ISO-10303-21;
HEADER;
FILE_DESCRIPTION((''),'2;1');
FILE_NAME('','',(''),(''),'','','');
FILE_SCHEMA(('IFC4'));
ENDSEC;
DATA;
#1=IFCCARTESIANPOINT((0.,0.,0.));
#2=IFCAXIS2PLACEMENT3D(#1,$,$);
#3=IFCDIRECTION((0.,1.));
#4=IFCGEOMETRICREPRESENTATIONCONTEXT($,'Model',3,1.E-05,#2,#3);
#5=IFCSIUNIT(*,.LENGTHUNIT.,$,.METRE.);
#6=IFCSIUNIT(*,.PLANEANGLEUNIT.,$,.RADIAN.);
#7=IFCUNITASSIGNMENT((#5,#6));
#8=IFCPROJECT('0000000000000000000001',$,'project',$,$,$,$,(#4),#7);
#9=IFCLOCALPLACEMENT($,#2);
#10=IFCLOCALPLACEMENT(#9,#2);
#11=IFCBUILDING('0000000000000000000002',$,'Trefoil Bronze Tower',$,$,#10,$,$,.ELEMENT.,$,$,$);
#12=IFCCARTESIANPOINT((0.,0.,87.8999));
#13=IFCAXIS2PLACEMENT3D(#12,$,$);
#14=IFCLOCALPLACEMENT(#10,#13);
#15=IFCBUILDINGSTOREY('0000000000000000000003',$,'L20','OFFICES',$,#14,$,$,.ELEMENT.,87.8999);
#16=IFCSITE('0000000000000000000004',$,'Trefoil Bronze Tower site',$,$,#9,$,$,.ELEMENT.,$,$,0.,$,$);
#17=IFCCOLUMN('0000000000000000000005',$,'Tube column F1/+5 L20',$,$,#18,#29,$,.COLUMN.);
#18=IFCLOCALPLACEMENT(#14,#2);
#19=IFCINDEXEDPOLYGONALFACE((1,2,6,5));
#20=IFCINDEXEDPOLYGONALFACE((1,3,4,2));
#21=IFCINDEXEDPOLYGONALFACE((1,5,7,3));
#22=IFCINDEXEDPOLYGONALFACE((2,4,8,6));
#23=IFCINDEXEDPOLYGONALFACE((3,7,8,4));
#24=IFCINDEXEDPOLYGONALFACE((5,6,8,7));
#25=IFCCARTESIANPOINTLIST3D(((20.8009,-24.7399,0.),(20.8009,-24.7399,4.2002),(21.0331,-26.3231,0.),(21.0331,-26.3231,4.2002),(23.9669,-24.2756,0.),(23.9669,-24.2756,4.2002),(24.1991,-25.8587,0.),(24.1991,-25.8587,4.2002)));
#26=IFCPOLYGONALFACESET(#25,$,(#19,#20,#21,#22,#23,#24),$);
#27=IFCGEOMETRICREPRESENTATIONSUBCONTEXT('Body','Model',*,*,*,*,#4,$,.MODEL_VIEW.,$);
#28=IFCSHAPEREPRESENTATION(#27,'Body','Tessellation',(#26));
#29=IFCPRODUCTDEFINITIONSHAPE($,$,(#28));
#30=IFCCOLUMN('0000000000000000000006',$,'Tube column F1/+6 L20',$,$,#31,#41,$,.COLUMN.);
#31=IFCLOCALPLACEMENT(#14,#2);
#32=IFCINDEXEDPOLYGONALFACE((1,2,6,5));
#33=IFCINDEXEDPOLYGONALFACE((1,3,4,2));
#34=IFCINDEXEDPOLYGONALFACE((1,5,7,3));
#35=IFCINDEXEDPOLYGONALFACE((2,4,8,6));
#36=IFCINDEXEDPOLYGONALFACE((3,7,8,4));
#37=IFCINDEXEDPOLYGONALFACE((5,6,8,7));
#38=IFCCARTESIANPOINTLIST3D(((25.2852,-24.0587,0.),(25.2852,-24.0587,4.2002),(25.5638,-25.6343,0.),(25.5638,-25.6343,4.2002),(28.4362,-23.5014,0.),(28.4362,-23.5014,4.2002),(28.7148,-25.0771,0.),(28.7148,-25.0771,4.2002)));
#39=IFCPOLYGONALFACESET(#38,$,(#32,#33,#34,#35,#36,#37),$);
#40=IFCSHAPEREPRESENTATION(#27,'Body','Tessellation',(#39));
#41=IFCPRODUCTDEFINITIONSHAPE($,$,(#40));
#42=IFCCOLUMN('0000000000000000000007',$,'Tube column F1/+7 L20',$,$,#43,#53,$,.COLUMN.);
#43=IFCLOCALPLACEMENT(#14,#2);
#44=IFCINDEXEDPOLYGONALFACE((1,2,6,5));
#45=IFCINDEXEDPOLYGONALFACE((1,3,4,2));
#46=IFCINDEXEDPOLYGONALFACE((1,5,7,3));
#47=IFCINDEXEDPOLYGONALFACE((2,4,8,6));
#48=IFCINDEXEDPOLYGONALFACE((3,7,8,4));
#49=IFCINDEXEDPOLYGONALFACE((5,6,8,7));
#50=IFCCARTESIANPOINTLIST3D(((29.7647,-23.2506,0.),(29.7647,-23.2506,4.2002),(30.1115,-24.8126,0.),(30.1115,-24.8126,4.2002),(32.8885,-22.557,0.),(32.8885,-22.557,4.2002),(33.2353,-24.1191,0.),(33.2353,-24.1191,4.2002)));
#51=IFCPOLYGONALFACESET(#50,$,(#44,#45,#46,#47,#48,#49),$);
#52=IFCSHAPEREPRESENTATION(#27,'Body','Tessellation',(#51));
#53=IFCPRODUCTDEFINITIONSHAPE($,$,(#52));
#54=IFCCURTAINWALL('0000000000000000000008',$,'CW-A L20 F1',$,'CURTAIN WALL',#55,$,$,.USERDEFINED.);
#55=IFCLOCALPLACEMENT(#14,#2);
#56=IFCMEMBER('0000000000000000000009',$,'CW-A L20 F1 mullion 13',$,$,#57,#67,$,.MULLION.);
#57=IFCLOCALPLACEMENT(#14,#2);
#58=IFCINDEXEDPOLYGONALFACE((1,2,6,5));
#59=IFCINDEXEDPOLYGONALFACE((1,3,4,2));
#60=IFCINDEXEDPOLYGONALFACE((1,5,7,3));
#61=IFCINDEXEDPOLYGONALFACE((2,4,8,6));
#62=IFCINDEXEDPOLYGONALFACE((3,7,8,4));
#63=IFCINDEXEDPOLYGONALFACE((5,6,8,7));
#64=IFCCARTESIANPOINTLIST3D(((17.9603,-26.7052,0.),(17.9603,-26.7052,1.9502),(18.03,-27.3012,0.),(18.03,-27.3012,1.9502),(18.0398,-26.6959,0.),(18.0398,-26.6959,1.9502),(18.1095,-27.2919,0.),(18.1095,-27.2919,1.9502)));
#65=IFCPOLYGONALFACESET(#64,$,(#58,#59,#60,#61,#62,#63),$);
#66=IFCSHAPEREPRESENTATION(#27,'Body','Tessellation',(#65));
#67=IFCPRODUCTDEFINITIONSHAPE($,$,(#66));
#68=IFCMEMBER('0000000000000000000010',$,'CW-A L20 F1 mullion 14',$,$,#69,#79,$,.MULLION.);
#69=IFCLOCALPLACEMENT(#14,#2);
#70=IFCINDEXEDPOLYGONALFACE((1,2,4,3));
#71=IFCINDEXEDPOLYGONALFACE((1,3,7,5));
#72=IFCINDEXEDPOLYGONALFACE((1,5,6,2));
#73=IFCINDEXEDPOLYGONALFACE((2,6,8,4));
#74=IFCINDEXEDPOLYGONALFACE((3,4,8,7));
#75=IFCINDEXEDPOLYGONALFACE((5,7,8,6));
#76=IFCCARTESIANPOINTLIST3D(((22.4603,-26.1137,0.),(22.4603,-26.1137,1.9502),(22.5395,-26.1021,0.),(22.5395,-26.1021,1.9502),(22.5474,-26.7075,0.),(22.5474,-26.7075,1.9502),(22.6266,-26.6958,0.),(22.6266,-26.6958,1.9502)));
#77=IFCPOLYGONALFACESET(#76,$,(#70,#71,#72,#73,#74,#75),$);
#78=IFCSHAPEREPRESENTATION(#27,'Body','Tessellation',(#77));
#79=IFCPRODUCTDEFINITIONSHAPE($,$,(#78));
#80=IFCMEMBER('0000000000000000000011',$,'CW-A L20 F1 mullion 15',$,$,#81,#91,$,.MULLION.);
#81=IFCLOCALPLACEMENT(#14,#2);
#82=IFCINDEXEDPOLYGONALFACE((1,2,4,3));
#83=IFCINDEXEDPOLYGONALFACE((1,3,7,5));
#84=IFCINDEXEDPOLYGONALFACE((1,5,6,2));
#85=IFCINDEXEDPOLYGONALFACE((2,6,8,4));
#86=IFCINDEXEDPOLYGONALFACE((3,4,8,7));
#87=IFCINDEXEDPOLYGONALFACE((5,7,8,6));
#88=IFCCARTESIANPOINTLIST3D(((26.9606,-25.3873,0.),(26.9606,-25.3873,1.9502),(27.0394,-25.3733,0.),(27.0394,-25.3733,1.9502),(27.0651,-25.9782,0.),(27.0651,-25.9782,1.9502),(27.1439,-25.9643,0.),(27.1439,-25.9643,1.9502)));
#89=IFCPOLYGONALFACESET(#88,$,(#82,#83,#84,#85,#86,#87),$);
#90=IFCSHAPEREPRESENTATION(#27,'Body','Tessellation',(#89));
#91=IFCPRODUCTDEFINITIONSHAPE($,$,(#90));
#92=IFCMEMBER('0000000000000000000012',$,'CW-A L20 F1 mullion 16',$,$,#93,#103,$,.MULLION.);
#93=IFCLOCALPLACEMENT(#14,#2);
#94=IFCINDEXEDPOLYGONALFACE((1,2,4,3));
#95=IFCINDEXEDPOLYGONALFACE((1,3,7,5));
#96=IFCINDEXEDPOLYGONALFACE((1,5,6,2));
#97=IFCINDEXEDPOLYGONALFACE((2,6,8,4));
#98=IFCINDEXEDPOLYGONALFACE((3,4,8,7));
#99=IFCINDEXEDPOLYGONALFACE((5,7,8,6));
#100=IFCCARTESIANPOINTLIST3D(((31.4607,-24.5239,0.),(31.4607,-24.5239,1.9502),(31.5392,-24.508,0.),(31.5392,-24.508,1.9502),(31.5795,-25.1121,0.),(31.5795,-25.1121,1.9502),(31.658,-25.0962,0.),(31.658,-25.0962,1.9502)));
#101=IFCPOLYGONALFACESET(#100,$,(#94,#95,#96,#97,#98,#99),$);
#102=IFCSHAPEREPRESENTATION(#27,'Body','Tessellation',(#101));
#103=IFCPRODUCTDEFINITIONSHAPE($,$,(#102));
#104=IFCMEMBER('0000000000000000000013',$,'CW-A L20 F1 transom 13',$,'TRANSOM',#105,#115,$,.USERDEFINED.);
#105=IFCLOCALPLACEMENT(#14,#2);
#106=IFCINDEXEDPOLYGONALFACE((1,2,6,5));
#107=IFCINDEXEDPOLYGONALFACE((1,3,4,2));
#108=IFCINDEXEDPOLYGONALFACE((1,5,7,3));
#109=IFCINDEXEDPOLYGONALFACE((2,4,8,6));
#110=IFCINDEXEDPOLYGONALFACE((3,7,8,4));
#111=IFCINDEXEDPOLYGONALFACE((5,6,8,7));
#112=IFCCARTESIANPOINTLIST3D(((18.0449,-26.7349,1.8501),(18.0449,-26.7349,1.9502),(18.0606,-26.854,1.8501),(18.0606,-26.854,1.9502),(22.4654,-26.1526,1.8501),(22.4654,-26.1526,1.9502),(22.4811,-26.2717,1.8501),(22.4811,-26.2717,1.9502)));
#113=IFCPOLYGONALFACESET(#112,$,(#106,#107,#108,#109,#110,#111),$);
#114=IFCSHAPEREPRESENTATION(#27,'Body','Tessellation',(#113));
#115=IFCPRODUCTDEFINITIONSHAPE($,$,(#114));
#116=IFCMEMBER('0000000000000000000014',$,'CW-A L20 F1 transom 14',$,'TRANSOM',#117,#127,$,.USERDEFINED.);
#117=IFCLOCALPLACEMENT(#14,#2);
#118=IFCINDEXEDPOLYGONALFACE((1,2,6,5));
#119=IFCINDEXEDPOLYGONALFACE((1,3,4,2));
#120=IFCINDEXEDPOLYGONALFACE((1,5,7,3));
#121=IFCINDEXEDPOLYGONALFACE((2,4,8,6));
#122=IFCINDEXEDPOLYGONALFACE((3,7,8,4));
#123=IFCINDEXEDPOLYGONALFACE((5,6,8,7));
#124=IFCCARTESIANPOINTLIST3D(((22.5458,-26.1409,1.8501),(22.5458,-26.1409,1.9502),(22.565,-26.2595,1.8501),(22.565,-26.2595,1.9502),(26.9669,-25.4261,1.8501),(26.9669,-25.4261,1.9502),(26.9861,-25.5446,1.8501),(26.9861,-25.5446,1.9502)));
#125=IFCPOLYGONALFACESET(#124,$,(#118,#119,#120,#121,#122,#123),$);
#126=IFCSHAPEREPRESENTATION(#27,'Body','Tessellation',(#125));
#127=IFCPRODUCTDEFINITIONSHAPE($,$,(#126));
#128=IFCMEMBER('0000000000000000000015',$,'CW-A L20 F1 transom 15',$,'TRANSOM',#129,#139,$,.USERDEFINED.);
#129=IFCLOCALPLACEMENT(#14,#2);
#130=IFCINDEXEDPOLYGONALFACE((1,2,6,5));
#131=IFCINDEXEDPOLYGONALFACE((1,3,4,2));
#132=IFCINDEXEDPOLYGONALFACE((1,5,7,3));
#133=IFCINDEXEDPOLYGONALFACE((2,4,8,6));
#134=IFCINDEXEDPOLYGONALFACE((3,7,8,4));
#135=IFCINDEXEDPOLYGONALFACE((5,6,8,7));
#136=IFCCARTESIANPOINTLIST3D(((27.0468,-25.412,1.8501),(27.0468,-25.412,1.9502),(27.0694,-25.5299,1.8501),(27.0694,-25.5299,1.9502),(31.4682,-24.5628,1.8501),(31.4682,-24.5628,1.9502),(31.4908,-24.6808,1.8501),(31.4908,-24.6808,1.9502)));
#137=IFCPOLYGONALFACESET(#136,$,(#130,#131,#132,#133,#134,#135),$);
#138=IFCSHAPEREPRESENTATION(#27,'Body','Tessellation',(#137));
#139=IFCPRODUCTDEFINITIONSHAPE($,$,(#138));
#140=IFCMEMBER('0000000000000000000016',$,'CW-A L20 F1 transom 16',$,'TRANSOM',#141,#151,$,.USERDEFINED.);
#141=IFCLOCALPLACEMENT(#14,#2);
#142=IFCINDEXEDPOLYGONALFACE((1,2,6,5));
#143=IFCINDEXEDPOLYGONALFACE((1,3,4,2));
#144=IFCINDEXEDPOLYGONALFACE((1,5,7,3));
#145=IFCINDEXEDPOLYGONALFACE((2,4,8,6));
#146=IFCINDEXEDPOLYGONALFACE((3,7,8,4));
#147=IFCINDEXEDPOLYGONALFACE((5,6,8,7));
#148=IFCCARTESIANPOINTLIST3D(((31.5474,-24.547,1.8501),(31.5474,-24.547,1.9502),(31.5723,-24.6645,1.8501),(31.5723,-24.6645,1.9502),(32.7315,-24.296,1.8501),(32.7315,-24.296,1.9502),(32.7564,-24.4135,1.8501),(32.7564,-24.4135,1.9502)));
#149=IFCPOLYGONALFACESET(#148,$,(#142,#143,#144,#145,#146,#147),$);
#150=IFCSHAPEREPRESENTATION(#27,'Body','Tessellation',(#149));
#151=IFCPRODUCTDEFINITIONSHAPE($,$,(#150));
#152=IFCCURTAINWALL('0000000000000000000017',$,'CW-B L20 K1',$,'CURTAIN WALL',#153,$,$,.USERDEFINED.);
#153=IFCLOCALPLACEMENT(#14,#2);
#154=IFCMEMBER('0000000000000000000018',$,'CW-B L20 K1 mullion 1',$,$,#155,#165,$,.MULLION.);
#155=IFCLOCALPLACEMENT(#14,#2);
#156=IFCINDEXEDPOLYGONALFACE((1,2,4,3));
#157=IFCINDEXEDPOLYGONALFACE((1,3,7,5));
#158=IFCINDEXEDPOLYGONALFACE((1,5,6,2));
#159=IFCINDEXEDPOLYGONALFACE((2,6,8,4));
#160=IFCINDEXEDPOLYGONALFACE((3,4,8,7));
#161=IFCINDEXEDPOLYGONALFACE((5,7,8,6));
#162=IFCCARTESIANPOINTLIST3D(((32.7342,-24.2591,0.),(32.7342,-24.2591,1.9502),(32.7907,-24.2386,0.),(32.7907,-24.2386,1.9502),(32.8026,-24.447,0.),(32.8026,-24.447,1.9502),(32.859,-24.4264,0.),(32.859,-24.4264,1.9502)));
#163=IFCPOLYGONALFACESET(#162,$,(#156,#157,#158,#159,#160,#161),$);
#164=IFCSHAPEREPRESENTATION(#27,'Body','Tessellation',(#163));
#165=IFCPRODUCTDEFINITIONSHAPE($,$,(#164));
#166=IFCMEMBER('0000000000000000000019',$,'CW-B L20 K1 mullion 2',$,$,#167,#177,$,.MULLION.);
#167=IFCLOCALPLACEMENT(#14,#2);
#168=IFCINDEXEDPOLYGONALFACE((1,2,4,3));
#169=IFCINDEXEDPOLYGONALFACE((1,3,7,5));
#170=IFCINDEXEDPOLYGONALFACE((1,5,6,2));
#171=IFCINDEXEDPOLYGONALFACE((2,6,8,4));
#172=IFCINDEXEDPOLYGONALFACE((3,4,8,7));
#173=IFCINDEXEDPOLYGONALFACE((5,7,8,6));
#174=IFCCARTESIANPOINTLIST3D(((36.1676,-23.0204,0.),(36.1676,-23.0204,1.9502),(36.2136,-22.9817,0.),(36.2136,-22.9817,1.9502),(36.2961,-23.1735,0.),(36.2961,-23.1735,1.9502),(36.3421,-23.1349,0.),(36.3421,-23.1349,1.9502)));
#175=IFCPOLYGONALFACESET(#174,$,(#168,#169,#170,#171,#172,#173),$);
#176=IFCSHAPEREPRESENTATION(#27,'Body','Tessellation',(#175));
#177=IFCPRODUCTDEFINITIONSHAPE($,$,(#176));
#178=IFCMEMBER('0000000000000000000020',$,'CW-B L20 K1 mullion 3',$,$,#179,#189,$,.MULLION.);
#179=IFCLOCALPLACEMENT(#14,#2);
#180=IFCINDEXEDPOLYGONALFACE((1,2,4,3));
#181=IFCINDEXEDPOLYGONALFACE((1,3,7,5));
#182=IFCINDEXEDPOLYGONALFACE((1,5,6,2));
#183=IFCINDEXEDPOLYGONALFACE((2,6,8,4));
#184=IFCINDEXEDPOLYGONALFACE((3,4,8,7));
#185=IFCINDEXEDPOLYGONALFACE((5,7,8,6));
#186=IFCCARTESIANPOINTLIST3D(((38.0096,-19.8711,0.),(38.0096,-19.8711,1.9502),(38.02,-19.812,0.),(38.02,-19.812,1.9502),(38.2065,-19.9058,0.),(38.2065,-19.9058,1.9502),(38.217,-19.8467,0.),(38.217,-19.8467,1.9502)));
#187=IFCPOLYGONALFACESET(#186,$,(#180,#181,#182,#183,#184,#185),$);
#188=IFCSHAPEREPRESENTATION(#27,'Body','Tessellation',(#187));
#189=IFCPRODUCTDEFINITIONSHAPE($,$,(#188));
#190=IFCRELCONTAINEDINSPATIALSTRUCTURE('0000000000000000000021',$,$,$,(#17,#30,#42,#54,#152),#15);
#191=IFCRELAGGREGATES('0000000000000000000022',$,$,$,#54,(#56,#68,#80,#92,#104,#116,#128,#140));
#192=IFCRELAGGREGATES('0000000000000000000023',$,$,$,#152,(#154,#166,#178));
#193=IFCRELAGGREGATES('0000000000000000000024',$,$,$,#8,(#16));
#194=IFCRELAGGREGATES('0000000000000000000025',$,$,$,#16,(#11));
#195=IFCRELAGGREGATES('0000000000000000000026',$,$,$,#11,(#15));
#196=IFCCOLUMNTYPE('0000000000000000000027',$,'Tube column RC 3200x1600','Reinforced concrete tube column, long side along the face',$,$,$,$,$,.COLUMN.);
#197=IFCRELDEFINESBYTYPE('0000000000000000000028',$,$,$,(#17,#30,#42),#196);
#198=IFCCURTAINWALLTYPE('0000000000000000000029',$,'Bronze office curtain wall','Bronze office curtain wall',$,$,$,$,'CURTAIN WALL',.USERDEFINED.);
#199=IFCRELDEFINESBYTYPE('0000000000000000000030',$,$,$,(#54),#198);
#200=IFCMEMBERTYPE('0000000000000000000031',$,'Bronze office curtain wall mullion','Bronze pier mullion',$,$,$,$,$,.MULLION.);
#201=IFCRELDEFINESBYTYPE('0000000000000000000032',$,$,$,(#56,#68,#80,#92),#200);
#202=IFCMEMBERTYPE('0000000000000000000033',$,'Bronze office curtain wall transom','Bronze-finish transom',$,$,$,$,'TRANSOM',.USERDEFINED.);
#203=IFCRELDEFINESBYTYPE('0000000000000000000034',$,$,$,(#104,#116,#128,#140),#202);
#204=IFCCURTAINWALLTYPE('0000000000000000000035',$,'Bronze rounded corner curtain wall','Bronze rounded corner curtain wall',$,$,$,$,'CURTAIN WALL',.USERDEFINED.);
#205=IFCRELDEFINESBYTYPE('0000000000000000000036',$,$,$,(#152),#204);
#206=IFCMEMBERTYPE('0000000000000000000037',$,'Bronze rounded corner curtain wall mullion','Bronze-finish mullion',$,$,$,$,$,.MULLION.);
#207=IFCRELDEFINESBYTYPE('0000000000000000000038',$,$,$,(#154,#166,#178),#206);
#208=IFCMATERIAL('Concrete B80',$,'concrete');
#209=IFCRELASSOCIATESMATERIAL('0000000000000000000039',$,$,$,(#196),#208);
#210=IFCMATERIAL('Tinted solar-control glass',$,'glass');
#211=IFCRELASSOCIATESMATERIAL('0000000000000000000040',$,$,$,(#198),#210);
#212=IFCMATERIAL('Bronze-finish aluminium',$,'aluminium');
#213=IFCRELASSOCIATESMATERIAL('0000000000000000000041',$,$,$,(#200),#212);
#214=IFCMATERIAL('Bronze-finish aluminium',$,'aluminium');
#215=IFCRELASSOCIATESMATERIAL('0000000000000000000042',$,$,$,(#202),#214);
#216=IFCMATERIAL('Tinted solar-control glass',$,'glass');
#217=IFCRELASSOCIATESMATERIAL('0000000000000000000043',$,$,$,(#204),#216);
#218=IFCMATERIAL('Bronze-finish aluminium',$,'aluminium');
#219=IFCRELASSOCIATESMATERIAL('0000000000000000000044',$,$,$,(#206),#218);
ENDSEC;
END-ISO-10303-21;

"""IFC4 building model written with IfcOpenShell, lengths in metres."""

from ifc_helpers import new_model, si_unit, direction, frame, origin, origin_2d, place, context, subcontext, project, spatial, rectangle, extrude, material, material_profile, profile_set, type_object, element, aggregate, save


model = new_model("IFC4")

# Units and contexts
model_context = context("Model", 3, precision=1e-05, world=origin(), true_north=direction((0.0, 1.0)))
body_context = subcontext(model_context, "Body", "Model", "MODEL_VIEW")
ifc_project = project(units=[si_unit("LENGTHUNIT", "METRE"), si_unit("PLANEANGLEUNIT", "RADIAN")], contexts=[model_context])

# Site, building, storey
site_placement = place(None, origin())
site = spatial("IfcSite", under=ifc_project, at=site_placement, Name="Trefoil Bronze Tower site", CompositionType="ELEMENT", RefElevation=0.0)
building_placement = place(site_placement, origin())
building = spatial("IfcBuilding", under=site, at=building_placement, Name="Trefoil Bronze Tower", CompositionType="ELEMENT")
storey_placement = place(building_placement, frame((0.0, 0.0, 87.8999)))
storey = spatial("IfcBuildingStorey", under=building, at=storey_placement, Name="L20", Description="OFFICES", CompositionType="ELEMENT", Elevation=87.8999)

# Columns
ifc_material_1 = material(Name="Concrete B80", Category="concrete")
ifc_material_profile_1 = material_profile(ifc_material_1, rectangle(XDim=3.2, YDim=1.6001, at=origin_2d()), Name="RC 3200x1600")
ifc_profile_set_1 = profile_set([ifc_material_profile_1], Name="Concrete B80")
column_type = type_object("IfcColumnType", Name="Tube column RC 3200x1600", Description="Reinforced concrete tube column, long side along the face", PredefinedType="COLUMN", material=ifc_profile_set_1)
for number, where, z_axis, x_axis, name in (
    (1, (22.5, -25.2993, 0.0), (0.0, 0.0, 1.0), (0.989416, 0.145109, 0.0), "Tube column F1/+5 L20"),
    (2, (27.0, -24.5679, 0.0), (0.0, 0.0, 1.0), (0.984722, 0.174131, 0.0), "Tube column F1/+6 L20"),
    (3, (31.5, -23.6848, 0.0), (0.0, 0.0, 1.0), (0.97623, 0.216739, 0.0), "Tube column F1/+7 L20"),
):
    element("IfcColumn", number, at=place(storey_placement, frame(where, z_axis=z_axis, x_axis=x_axis)), inside=storey, type_object=column_type, Name=name, PredefinedType="COLUMN", context=body_context, shape_type="SweptSolid", body=[
        extrude(rectangle(XDim=3.2, YDim=1.6001, at=origin_2d()), origin(), (0.0, 0.0, 1.0), 4.2002),
    ])

# Curtain walls, members
ifc_material_2 = material(Name="Tinted solar-control glass", Category="glass")
curtain_wall_type_1 = type_object("IfcCurtainWallType", Name="Bronze office curtain wall", Description="Bronze office curtain wall", ElementType="CURTAIN WALL", PredefinedType="USERDEFINED", material=ifc_material_2)
curtain_wall_1_placement = place(storey_placement, origin())
curtain_wall_1 = element("IfcCurtainWall", 4, at=curtain_wall_1_placement, inside=storey, type_object=curtain_wall_type_1, Name="CW-A L20 F1", ObjectType="CURTAIN WALL", PredefinedType="USERDEFINED")
ifc_material_3 = material(Name="Bronze-finish aluminium", Category="aluminium")
ifc_material_profile_2 = material_profile(ifc_material_3, rectangle(XDim=0.6001, YDim=0.0801, at=origin_2d()), Name="CW-A mullion")
ifc_profile_set_2 = profile_set([ifc_material_profile_2], Name="Bronze-finish aluminium")
member_type_1 = type_object("IfcMemberType", Name="Bronze office curtain wall mullion", Description="Bronze pier mullion", PredefinedType="MULLION", material=ifc_profile_set_2)
member_1_placement = place(storey_placement, frame((18.0349, -26.9985, 0.0), z_axis=(0.0, 0.0, 1.0), x_axis=(-0.116087, 0.993239, 0.0)))
member_1 = element("IfcMember", 5, at=member_1_placement, type_object=member_type_1, Name="CW-A L20 F1 mullion 13", PredefinedType="MULLION", context=body_context, shape_type="SweptSolid", body=[
    extrude(rectangle(XDim=0.6001, YDim=0.0801, at=origin_2d()), origin(), (0.0, 0.0, 1.0), 1.9502),
])
member_2_placement = place(storey_placement, frame((22.5435, -26.4048, 0.0), z_axis=(0.0, 0.0, 1.0), x_axis=(-0.145109, 0.989416, 0.0)))
member_2 = element("IfcMember", 6, at=member_2_placement, type_object=member_type_1, Name="CW-A L20 F1 mullion 14", PredefinedType="MULLION", context=body_context, shape_type="SweptSolid", body=[
    extrude(rectangle(XDim=0.6001, YDim=0.0801, at=origin_2d()), origin(), (0.0, 0.0, 1.0), 1.9502),
])
member_3_placement = place(storey_placement, frame((27.0522, -25.6758, 0.0), z_axis=(0.0, 0.0, 1.0), x_axis=(-0.174131, 0.984722, 0.0)))
member_3 = element("IfcMember", 7, at=member_3_placement, type_object=member_type_1, Name="CW-A L20 F1 mullion 15", PredefinedType="MULLION", context=body_context, shape_type="SweptSolid", body=[
    extrude(rectangle(XDim=0.6001, YDim=0.0801, at=origin_2d()), origin(), (0.0, 0.0, 1.0), 1.9502),
])
member_4_placement = place(storey_placement, frame((31.5593, -24.8101, 0.0), z_axis=(0.0, 0.0, 1.0), x_axis=(-0.19791, 0.98022, 0.0)))
member_4 = element("IfcMember", 8, at=member_4_placement, type_object=member_type_1, Name="CW-A L20 F1 mullion 16", PredefinedType="MULLION", context=body_context, shape_type="SweptSolid", body=[
    extrude(rectangle(XDim=0.6001, YDim=0.0801, at=origin_2d()), origin(), (0.0, 0.0, 1.0), 1.9502),
])
ifc_material_4 = material(Name="Bronze-finish aluminium", Category="aluminium")
ifc_material_profile_3 = material_profile(ifc_material_4, rectangle(XDim=0.1201, YDim=0.1001, at=origin_2d()), Name="CW-A transom")
ifc_profile_set_3 = profile_set([ifc_material_profile_3], Name="Bronze-finish aluminium")
member_type_2 = type_object("IfcMemberType", Name="Bronze office curtain wall transom", Description="Bronze-finish transom", ElementType="TRANSOM", PredefinedType="USERDEFINED", material=ifc_profile_set_3)
member_5_placement = place(storey_placement, frame((18.0527, -26.7944, 1.9001), z_axis=(0.991437, 0.130589, 0.0), x_axis=(-0.130589, 0.991437, 0.0)))
member_5 = element("IfcMember", 9, at=member_5_placement, type_object=member_type_2, Name="CW-A L20 F1 transom 13", ObjectType="TRANSOM", PredefinedType="USERDEFINED", context=body_context, shape_type="SweptSolid", body=[
    extrude(rectangle(XDim=0.1201, YDim=0.1001, at=origin_2d()), origin(), (0.0, 0.0, 1.0), 4.4587),
])
member_6_placement = place(storey_placement, frame((22.5554, -26.2002, 1.9001), z_axis=(0.987179, 0.159615, 0.0), x_axis=(-0.159615, 0.987179, 0.0)))
member_6 = element("IfcMember", 10, at=member_6_placement, type_object=member_type_2, Name="CW-A L20 F1 transom 14", ObjectType="TRANSOM", PredefinedType="USERDEFINED", context=body_context, shape_type="SweptSolid", body=[
    extrude(rectangle(XDim=0.1201, YDim=0.1001, at=origin_2d()), origin(), (0.0, 0.0, 1.0), 4.4785),
])
member_7_placement = place(storey_placement, frame((27.0581, -25.4709, 1.9001), z_axis=(0.982054, 0.188602, 0.0), x_axis=(-0.188602, 0.982054, 0.0)))
member_7 = element("IfcMember", 11, at=member_7_placement, type_object=member_type_2, Name="CW-A L20 F1 transom 15", ObjectType="TRANSOM", PredefinedType="USERDEFINED", context=body_context, shape_type="SweptSolid", body=[
    extrude(rectangle(XDim=0.1201, YDim=0.1001, at=origin_2d()), origin(), (0.0, 0.0, 1.0), 4.5022),
])
member_8_placement = place(storey_placement, frame((31.5598, -24.6057, 1.9001), z_axis=(0.978266, 0.207352, 0.0), x_axis=(-0.207352, 0.978266, 0.0)))
member_8 = element("IfcMember", 12, at=member_8_placement, type_object=member_type_2, Name="CW-A L20 F1 transom 16", ObjectType="TRANSOM", PredefinedType="USERDEFINED", context=body_context, shape_type="SweptSolid", body=[
    extrude(rectangle(XDim=0.1201, YDim=0.1001, at=origin_2d()), origin(), (0.0, 0.0, 1.0), 1.2104),
])
ifc_material_5 = material(Name="Tinted solar-control glass", Category="glass")
curtain_wall_type_2 = type_object("IfcCurtainWallType", Name="Bronze rounded corner curtain wall", Description="Bronze rounded corner curtain wall", ElementType="CURTAIN WALL", PredefinedType="USERDEFINED", material=ifc_material_5)
curtain_wall_2_placement = place(storey_placement, origin())
curtain_wall_2 = element("IfcCurtainWall", 13, at=curtain_wall_2_placement, inside=storey, type_object=curtain_wall_type_2, Name="CW-B L20 K1", ObjectType="CURTAIN WALL", PredefinedType="USERDEFINED")
ifc_material_6 = material(Name="Bronze-finish aluminium", Category="aluminium")
ifc_material_profile_4 = material_profile(ifc_material_6, rectangle(XDim=0.2, YDim=0.0601, at=origin_2d()), Name="CW-B mullion")
ifc_profile_set_4 = profile_set([ifc_material_profile_4], Name="Bronze-finish aluminium")
member_type_3 = type_object("IfcMemberType", Name="Bronze rounded corner curtain wall mullion", Description="Bronze-finish mullion", PredefinedType="MULLION", material=ifc_profile_set_4)
member_9_placement = place(storey_placement, frame((32.7966, -24.3428, 0.0), z_axis=(0.0, 0.0, 1.0), x_axis=(-0.34202, 0.939693, 0.0)))
member_9 = element("IfcMember", 14, at=member_9_placement, type_object=member_type_3, Name="CW-B L20 K1 mullion 1", PredefinedType="MULLION", context=body_context, shape_type="SweptSolid", body=[
    extrude(rectangle(XDim=0.2, YDim=0.0601, at=origin_2d()), origin(), (0.0, 0.0, 1.0), 1.9502),
])
member_10_placement = place(storey_placement, frame((36.2549, -23.0776, 0.0), z_axis=(0.0, 0.0, 1.0), x_axis=(-0.642788, 0.766044, 0.0)))
member_10 = element("IfcMember", 15, at=member_10_placement, type_object=member_type_3, Name="CW-B L20 K1 mullion 2", PredefinedType="MULLION", context=body_context, shape_type="SweptSolid", body=[
    extrude(rectangle(XDim=0.2, YDim=0.0601, at=origin_2d()), origin(), (0.0, 0.0, 1.0), 1.9502),
])
member_11_placement = place(storey_placement, frame((38.1133, -19.8589, 0.0), z_axis=(0.0, 0.0, 1.0), x_axis=(-0.984808, 0.173648, 0.0)))
member_11 = element("IfcMember", 16, at=member_11_placement, type_object=member_type_3, Name="CW-B L20 K1 mullion 3", PredefinedType="MULLION", context=body_context, shape_type="SweptSolid", body=[
    extrude(rectangle(XDim=0.2, YDim=0.0601, at=origin_2d()), origin(), (0.0, 0.0, 1.0), 1.9502),
])

aggregate(curtain_wall_1, [member_1, member_2, member_3, member_4, member_5, member_6, member_7, member_8])
aggregate(curtain_wall_2, [member_9, member_10, member_11])

save(model, "model.ifc")
